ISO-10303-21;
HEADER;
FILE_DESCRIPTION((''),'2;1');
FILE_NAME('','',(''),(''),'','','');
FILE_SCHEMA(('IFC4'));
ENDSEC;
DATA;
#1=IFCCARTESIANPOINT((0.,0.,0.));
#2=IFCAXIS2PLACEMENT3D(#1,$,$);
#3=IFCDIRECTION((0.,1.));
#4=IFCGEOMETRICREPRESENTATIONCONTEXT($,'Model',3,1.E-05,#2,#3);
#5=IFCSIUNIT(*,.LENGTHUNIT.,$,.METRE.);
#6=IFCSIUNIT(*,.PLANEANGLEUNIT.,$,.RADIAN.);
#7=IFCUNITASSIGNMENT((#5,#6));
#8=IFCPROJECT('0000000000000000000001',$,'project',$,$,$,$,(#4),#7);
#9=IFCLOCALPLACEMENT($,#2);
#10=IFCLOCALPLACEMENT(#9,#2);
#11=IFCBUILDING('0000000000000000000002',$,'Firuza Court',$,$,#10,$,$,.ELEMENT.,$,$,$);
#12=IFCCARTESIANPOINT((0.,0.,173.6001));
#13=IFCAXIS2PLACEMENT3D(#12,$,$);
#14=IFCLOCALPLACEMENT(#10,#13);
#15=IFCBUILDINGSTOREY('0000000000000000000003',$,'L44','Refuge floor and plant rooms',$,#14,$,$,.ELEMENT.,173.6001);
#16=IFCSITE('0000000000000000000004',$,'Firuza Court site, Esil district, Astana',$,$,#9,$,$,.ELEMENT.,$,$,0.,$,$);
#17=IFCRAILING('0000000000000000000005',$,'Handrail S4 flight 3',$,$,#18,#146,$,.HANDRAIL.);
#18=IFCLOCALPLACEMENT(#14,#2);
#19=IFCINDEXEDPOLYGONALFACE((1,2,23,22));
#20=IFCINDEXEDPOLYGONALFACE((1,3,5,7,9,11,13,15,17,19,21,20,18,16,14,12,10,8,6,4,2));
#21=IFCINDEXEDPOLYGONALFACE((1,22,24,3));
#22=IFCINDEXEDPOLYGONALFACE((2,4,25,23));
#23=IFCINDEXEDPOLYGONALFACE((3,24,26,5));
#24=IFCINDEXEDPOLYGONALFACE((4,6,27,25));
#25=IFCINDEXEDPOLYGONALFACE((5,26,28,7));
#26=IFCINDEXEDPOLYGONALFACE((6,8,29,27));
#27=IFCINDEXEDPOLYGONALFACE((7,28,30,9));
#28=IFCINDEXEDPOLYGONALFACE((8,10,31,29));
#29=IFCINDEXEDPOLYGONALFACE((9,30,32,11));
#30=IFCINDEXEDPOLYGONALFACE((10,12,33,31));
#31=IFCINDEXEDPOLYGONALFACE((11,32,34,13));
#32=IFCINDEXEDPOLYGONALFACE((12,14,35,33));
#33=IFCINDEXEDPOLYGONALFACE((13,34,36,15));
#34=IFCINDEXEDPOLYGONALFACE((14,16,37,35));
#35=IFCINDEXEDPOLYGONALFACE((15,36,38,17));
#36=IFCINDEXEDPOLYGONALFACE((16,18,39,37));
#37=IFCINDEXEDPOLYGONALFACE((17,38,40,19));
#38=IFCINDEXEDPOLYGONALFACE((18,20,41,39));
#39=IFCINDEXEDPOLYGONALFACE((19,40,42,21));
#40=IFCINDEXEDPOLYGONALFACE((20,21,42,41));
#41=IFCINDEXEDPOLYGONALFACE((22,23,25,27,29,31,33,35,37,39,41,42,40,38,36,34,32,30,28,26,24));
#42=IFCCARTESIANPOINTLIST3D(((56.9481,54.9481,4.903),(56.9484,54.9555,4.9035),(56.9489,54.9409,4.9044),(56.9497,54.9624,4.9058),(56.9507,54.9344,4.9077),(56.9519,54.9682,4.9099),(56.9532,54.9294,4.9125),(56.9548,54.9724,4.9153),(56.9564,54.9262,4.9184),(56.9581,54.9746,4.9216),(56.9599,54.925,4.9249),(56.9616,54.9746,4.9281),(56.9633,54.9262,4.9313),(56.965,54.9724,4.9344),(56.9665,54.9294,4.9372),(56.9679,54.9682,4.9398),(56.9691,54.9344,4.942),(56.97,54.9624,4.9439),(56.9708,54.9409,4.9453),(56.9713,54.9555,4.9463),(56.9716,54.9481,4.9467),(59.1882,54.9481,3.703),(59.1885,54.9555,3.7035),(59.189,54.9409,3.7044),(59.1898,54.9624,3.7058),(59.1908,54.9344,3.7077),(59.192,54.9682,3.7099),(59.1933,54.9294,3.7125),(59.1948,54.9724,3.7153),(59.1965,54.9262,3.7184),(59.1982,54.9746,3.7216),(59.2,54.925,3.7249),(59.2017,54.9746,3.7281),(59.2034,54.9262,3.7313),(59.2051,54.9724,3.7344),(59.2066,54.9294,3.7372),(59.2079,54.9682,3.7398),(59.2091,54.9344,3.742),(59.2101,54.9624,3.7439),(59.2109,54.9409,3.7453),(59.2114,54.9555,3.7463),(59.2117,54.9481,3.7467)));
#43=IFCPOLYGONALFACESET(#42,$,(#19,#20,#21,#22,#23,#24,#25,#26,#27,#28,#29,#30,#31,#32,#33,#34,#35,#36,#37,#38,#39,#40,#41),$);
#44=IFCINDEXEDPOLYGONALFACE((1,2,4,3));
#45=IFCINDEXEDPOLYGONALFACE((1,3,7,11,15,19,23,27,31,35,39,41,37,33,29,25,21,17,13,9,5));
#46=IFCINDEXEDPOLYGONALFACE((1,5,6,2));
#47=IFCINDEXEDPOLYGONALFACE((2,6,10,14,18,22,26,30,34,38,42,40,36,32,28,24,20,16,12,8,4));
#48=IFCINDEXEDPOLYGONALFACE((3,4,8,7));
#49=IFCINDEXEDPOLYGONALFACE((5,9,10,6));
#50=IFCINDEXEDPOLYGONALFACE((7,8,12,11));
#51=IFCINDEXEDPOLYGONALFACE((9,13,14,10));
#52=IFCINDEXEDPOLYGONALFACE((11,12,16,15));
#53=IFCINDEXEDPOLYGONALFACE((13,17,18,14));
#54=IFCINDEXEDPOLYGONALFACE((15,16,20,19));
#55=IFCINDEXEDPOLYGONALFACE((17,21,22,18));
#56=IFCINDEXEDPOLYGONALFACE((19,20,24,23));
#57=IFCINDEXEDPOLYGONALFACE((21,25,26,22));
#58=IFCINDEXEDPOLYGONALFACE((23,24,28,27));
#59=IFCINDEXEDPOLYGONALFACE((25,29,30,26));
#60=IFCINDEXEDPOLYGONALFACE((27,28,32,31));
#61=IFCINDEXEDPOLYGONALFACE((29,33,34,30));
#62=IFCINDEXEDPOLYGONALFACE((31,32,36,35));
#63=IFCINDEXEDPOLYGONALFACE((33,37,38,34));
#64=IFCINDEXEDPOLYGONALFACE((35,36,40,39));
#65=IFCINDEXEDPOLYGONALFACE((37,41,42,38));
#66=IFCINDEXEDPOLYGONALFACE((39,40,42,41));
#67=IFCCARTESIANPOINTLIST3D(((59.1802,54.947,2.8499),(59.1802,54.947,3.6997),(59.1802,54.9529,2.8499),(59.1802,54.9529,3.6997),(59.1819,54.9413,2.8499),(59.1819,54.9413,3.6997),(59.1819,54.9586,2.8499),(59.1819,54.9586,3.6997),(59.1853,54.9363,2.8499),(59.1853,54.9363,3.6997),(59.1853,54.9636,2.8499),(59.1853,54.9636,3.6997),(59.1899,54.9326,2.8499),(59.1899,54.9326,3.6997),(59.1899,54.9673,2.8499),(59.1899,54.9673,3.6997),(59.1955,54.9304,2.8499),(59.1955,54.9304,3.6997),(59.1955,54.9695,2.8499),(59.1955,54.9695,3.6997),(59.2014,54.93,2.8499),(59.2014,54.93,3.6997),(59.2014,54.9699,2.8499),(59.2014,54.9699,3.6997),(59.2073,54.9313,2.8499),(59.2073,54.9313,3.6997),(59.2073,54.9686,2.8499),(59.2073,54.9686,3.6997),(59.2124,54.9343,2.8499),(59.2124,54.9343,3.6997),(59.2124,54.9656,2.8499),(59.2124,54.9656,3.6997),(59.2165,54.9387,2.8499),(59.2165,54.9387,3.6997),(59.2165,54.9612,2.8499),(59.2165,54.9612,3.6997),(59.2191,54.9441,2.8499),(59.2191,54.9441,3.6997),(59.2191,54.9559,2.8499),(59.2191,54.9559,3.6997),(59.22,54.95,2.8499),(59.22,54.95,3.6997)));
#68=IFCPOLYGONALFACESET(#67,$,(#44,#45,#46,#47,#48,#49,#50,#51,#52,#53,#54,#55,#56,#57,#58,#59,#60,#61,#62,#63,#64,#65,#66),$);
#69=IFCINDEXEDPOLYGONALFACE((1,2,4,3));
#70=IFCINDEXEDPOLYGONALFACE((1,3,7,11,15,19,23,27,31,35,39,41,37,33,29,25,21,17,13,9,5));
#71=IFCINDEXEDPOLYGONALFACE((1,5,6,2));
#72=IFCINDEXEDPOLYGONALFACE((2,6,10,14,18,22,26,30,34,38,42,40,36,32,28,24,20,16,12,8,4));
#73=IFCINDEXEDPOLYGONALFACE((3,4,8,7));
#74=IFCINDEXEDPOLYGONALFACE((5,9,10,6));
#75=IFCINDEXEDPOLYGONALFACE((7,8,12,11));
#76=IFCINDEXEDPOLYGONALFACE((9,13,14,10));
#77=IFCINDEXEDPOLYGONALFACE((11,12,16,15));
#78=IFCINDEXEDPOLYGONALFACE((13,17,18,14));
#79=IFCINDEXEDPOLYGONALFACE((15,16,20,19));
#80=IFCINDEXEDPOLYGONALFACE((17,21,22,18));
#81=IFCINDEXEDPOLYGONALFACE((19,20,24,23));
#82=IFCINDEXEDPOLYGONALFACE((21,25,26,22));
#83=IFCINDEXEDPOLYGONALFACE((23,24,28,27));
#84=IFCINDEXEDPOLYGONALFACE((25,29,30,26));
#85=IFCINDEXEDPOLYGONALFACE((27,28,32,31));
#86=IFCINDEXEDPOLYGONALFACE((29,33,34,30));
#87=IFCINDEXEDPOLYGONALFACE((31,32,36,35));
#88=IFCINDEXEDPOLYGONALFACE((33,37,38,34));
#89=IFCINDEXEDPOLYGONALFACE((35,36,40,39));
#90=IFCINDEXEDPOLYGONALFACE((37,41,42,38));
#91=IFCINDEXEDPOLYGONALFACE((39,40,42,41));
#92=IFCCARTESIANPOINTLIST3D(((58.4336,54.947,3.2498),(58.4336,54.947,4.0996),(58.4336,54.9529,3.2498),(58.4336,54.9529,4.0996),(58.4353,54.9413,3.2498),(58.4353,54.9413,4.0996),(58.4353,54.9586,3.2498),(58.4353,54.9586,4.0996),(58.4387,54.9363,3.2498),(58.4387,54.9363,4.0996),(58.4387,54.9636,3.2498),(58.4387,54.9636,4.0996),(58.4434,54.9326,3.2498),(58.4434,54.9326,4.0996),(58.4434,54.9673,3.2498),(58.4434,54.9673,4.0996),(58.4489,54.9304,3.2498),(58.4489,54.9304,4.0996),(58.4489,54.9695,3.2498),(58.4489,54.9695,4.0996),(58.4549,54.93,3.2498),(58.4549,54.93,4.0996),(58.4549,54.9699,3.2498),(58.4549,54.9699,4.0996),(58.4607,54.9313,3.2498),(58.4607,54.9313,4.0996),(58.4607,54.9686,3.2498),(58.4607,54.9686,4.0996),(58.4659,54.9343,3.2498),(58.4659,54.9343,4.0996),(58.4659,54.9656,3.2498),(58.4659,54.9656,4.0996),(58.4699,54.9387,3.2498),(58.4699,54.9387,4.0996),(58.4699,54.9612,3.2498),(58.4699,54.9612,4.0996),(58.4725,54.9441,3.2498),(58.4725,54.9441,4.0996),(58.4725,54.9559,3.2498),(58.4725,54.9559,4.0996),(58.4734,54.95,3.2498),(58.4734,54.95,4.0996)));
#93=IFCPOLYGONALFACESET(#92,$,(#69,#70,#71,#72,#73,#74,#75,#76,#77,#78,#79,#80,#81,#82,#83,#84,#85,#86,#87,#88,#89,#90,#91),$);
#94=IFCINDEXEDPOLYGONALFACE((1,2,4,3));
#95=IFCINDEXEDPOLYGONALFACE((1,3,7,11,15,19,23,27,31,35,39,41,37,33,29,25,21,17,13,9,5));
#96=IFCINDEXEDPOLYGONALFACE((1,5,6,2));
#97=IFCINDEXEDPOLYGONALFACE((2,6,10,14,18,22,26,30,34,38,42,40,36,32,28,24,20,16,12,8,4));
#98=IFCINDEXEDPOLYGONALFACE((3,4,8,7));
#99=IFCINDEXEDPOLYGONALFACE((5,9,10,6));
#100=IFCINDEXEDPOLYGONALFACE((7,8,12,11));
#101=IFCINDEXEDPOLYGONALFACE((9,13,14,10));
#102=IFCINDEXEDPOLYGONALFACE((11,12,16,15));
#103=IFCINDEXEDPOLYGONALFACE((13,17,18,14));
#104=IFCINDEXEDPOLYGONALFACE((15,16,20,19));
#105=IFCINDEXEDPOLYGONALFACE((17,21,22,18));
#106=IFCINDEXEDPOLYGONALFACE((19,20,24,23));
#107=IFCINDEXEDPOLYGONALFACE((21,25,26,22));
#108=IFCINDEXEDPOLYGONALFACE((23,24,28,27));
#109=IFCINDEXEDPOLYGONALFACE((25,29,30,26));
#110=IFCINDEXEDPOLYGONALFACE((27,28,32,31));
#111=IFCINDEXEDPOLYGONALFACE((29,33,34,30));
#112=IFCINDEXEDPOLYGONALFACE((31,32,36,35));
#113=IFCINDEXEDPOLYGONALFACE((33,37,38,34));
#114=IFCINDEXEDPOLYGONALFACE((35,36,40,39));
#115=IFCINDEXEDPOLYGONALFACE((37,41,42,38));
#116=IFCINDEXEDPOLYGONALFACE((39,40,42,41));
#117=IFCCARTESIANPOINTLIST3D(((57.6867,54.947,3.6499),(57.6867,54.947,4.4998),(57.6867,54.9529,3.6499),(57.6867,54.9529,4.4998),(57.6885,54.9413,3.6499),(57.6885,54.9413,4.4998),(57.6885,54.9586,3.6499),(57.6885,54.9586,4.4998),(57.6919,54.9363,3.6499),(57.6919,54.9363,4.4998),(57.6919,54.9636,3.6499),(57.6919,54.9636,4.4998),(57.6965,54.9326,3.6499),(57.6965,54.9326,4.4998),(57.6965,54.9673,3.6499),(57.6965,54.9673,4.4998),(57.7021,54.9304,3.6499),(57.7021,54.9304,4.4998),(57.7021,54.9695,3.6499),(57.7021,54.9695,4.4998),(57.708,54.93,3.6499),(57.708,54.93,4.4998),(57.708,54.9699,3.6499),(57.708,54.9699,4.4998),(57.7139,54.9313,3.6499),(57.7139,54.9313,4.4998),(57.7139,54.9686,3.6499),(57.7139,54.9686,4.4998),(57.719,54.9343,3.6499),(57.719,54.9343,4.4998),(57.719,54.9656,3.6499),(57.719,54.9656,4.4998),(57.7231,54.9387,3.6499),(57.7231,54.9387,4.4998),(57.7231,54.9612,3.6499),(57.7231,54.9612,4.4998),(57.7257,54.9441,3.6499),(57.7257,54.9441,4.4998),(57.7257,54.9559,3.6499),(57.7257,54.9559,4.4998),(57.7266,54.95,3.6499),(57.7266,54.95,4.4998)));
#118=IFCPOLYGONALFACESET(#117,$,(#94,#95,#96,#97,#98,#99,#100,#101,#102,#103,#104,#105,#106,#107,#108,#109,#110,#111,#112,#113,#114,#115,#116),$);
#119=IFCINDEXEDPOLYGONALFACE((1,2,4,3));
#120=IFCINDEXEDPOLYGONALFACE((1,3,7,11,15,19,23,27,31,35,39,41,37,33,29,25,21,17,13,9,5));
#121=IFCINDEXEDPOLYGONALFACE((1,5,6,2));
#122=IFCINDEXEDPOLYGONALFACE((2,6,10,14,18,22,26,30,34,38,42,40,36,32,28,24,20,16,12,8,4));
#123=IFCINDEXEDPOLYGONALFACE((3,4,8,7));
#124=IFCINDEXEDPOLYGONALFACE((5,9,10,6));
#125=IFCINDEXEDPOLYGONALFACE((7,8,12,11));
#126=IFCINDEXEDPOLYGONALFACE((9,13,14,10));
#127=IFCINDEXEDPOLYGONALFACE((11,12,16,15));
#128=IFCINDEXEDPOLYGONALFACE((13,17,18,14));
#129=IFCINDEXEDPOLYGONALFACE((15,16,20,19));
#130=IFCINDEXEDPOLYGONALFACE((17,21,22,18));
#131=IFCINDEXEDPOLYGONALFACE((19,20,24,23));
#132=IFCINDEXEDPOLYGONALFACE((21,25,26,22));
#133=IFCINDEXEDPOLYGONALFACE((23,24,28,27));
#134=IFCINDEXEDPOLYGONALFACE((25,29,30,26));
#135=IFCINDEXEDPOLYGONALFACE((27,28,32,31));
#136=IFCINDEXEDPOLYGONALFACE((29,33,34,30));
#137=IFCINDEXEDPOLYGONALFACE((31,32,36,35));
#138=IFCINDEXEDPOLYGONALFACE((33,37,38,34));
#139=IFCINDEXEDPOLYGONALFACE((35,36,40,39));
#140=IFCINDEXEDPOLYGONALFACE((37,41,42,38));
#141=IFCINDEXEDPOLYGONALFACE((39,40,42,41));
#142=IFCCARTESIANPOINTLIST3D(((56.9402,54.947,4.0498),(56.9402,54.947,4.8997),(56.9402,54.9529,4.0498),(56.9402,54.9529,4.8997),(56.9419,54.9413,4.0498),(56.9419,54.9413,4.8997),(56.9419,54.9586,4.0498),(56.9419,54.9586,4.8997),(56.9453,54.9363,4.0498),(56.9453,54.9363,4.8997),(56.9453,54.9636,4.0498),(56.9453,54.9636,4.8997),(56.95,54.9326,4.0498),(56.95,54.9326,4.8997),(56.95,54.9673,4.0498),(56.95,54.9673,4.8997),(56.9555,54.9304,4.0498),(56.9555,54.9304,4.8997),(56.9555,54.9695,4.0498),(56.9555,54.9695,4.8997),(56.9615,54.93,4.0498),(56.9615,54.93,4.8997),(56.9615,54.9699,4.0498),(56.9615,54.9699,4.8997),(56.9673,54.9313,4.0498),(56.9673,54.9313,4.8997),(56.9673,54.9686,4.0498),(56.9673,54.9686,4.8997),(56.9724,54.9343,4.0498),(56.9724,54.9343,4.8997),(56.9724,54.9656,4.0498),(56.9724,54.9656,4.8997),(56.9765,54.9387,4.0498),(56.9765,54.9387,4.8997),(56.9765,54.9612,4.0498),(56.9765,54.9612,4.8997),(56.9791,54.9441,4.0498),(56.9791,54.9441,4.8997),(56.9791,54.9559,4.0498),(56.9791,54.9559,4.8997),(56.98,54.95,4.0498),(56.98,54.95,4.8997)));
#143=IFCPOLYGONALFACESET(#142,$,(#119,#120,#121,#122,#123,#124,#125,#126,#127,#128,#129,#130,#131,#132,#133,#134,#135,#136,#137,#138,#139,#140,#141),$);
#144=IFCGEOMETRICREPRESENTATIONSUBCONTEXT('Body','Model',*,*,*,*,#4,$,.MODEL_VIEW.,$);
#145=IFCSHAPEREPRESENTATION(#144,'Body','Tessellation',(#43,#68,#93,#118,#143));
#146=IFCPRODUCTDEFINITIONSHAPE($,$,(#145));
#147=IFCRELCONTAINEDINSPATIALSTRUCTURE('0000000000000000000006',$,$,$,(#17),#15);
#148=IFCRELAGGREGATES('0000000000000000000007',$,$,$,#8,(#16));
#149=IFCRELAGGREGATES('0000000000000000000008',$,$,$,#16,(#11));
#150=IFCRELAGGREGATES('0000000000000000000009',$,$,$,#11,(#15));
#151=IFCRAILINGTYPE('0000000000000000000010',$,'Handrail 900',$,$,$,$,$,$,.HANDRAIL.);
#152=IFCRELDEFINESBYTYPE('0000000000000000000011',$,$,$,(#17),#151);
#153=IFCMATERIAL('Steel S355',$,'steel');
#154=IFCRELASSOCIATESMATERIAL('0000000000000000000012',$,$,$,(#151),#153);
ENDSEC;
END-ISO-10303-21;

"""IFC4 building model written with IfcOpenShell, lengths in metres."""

from ifc_helpers import new_model, si_unit, direction, frame, origin, origin_2d, place, context, subcontext, project, spatial, circle, extrude, material, type_object, element, save


model = new_model("IFC4")

# Units and contexts
model_context = context("Model", 3, precision=1e-05, world=origin(), true_north=direction((0.0, 1.0)))
body_context = subcontext(model_context, "Body", "Model", "MODEL_VIEW")
ifc_project = project(units=[si_unit("LENGTHUNIT", "METRE"), si_unit("PLANEANGLEUNIT", "RADIAN")], contexts=[model_context])

# Site, building, storey
site_placement = place(None, origin())
site = spatial("IfcSite", under=ifc_project, at=site_placement, Name="Firuza Court site, Esil district, Astana", CompositionType="ELEMENT", RefElevation=0.0)
building_placement = place(site_placement, origin())
building = spatial("IfcBuilding", under=site, at=building_placement, Name="Firuza Court", CompositionType="ELEMENT")
storey_placement = place(building_placement, frame((0.0, 0.0, 173.6001)))
storey = spatial("IfcBuildingStorey", under=building, at=storey_placement, Name="L44", Description="Refuge floor and plant rooms", CompositionType="ELEMENT", Elevation=173.6001)

# Railing
ifc_material_1 = material(Name="Steel S355", Category="steel")
railing_type_1 = type_object("IfcRailingType", Name="Handrail 900", PredefinedType="HANDRAIL", material=ifc_material_1)
for number, where, name in (
    (1, (59.2, 54.95, 2.8499), "Handrail S4 flight 3"),
):
    element("IfcRailing", number, at=place(storey_placement, frame(where)), inside=storey, type_object=railing_type_1, Name=name, PredefinedType="HANDRAIL", context=body_context, shape_type="SweptSolid", body=[
        extrude(circle(Radius=0.0249, at=origin_2d()), frame((0.0, 0.0, 0.875), z_axis=(-0.881487, 0.0, 0.472208), x_axis=(0.0, -1.0, 0.0)), (0.0, 0.0, 1.0), 2.5413),
        extrude(circle(Radius=0.02, at=origin_2d()), origin(), (0.0, 0.0, 1.0), 0.8499),
        extrude(circle(Radius=0.02, at=origin_2d()), frame((-0.7466, 0.0, 0.3999)), (0.0, 0.0, 1.0), 0.8499),
        extrude(circle(Radius=0.02, at=origin_2d()), frame((-1.4934, 0.0, 0.8)), (0.0, 0.0, 1.0), 0.8499),
        extrude(circle(Radius=0.02, at=origin_2d()), frame((-2.24, 0.0, 1.2)), (0.0, 0.0, 1.0), 0.8499),
    ])

save(model, "model.ifc")
